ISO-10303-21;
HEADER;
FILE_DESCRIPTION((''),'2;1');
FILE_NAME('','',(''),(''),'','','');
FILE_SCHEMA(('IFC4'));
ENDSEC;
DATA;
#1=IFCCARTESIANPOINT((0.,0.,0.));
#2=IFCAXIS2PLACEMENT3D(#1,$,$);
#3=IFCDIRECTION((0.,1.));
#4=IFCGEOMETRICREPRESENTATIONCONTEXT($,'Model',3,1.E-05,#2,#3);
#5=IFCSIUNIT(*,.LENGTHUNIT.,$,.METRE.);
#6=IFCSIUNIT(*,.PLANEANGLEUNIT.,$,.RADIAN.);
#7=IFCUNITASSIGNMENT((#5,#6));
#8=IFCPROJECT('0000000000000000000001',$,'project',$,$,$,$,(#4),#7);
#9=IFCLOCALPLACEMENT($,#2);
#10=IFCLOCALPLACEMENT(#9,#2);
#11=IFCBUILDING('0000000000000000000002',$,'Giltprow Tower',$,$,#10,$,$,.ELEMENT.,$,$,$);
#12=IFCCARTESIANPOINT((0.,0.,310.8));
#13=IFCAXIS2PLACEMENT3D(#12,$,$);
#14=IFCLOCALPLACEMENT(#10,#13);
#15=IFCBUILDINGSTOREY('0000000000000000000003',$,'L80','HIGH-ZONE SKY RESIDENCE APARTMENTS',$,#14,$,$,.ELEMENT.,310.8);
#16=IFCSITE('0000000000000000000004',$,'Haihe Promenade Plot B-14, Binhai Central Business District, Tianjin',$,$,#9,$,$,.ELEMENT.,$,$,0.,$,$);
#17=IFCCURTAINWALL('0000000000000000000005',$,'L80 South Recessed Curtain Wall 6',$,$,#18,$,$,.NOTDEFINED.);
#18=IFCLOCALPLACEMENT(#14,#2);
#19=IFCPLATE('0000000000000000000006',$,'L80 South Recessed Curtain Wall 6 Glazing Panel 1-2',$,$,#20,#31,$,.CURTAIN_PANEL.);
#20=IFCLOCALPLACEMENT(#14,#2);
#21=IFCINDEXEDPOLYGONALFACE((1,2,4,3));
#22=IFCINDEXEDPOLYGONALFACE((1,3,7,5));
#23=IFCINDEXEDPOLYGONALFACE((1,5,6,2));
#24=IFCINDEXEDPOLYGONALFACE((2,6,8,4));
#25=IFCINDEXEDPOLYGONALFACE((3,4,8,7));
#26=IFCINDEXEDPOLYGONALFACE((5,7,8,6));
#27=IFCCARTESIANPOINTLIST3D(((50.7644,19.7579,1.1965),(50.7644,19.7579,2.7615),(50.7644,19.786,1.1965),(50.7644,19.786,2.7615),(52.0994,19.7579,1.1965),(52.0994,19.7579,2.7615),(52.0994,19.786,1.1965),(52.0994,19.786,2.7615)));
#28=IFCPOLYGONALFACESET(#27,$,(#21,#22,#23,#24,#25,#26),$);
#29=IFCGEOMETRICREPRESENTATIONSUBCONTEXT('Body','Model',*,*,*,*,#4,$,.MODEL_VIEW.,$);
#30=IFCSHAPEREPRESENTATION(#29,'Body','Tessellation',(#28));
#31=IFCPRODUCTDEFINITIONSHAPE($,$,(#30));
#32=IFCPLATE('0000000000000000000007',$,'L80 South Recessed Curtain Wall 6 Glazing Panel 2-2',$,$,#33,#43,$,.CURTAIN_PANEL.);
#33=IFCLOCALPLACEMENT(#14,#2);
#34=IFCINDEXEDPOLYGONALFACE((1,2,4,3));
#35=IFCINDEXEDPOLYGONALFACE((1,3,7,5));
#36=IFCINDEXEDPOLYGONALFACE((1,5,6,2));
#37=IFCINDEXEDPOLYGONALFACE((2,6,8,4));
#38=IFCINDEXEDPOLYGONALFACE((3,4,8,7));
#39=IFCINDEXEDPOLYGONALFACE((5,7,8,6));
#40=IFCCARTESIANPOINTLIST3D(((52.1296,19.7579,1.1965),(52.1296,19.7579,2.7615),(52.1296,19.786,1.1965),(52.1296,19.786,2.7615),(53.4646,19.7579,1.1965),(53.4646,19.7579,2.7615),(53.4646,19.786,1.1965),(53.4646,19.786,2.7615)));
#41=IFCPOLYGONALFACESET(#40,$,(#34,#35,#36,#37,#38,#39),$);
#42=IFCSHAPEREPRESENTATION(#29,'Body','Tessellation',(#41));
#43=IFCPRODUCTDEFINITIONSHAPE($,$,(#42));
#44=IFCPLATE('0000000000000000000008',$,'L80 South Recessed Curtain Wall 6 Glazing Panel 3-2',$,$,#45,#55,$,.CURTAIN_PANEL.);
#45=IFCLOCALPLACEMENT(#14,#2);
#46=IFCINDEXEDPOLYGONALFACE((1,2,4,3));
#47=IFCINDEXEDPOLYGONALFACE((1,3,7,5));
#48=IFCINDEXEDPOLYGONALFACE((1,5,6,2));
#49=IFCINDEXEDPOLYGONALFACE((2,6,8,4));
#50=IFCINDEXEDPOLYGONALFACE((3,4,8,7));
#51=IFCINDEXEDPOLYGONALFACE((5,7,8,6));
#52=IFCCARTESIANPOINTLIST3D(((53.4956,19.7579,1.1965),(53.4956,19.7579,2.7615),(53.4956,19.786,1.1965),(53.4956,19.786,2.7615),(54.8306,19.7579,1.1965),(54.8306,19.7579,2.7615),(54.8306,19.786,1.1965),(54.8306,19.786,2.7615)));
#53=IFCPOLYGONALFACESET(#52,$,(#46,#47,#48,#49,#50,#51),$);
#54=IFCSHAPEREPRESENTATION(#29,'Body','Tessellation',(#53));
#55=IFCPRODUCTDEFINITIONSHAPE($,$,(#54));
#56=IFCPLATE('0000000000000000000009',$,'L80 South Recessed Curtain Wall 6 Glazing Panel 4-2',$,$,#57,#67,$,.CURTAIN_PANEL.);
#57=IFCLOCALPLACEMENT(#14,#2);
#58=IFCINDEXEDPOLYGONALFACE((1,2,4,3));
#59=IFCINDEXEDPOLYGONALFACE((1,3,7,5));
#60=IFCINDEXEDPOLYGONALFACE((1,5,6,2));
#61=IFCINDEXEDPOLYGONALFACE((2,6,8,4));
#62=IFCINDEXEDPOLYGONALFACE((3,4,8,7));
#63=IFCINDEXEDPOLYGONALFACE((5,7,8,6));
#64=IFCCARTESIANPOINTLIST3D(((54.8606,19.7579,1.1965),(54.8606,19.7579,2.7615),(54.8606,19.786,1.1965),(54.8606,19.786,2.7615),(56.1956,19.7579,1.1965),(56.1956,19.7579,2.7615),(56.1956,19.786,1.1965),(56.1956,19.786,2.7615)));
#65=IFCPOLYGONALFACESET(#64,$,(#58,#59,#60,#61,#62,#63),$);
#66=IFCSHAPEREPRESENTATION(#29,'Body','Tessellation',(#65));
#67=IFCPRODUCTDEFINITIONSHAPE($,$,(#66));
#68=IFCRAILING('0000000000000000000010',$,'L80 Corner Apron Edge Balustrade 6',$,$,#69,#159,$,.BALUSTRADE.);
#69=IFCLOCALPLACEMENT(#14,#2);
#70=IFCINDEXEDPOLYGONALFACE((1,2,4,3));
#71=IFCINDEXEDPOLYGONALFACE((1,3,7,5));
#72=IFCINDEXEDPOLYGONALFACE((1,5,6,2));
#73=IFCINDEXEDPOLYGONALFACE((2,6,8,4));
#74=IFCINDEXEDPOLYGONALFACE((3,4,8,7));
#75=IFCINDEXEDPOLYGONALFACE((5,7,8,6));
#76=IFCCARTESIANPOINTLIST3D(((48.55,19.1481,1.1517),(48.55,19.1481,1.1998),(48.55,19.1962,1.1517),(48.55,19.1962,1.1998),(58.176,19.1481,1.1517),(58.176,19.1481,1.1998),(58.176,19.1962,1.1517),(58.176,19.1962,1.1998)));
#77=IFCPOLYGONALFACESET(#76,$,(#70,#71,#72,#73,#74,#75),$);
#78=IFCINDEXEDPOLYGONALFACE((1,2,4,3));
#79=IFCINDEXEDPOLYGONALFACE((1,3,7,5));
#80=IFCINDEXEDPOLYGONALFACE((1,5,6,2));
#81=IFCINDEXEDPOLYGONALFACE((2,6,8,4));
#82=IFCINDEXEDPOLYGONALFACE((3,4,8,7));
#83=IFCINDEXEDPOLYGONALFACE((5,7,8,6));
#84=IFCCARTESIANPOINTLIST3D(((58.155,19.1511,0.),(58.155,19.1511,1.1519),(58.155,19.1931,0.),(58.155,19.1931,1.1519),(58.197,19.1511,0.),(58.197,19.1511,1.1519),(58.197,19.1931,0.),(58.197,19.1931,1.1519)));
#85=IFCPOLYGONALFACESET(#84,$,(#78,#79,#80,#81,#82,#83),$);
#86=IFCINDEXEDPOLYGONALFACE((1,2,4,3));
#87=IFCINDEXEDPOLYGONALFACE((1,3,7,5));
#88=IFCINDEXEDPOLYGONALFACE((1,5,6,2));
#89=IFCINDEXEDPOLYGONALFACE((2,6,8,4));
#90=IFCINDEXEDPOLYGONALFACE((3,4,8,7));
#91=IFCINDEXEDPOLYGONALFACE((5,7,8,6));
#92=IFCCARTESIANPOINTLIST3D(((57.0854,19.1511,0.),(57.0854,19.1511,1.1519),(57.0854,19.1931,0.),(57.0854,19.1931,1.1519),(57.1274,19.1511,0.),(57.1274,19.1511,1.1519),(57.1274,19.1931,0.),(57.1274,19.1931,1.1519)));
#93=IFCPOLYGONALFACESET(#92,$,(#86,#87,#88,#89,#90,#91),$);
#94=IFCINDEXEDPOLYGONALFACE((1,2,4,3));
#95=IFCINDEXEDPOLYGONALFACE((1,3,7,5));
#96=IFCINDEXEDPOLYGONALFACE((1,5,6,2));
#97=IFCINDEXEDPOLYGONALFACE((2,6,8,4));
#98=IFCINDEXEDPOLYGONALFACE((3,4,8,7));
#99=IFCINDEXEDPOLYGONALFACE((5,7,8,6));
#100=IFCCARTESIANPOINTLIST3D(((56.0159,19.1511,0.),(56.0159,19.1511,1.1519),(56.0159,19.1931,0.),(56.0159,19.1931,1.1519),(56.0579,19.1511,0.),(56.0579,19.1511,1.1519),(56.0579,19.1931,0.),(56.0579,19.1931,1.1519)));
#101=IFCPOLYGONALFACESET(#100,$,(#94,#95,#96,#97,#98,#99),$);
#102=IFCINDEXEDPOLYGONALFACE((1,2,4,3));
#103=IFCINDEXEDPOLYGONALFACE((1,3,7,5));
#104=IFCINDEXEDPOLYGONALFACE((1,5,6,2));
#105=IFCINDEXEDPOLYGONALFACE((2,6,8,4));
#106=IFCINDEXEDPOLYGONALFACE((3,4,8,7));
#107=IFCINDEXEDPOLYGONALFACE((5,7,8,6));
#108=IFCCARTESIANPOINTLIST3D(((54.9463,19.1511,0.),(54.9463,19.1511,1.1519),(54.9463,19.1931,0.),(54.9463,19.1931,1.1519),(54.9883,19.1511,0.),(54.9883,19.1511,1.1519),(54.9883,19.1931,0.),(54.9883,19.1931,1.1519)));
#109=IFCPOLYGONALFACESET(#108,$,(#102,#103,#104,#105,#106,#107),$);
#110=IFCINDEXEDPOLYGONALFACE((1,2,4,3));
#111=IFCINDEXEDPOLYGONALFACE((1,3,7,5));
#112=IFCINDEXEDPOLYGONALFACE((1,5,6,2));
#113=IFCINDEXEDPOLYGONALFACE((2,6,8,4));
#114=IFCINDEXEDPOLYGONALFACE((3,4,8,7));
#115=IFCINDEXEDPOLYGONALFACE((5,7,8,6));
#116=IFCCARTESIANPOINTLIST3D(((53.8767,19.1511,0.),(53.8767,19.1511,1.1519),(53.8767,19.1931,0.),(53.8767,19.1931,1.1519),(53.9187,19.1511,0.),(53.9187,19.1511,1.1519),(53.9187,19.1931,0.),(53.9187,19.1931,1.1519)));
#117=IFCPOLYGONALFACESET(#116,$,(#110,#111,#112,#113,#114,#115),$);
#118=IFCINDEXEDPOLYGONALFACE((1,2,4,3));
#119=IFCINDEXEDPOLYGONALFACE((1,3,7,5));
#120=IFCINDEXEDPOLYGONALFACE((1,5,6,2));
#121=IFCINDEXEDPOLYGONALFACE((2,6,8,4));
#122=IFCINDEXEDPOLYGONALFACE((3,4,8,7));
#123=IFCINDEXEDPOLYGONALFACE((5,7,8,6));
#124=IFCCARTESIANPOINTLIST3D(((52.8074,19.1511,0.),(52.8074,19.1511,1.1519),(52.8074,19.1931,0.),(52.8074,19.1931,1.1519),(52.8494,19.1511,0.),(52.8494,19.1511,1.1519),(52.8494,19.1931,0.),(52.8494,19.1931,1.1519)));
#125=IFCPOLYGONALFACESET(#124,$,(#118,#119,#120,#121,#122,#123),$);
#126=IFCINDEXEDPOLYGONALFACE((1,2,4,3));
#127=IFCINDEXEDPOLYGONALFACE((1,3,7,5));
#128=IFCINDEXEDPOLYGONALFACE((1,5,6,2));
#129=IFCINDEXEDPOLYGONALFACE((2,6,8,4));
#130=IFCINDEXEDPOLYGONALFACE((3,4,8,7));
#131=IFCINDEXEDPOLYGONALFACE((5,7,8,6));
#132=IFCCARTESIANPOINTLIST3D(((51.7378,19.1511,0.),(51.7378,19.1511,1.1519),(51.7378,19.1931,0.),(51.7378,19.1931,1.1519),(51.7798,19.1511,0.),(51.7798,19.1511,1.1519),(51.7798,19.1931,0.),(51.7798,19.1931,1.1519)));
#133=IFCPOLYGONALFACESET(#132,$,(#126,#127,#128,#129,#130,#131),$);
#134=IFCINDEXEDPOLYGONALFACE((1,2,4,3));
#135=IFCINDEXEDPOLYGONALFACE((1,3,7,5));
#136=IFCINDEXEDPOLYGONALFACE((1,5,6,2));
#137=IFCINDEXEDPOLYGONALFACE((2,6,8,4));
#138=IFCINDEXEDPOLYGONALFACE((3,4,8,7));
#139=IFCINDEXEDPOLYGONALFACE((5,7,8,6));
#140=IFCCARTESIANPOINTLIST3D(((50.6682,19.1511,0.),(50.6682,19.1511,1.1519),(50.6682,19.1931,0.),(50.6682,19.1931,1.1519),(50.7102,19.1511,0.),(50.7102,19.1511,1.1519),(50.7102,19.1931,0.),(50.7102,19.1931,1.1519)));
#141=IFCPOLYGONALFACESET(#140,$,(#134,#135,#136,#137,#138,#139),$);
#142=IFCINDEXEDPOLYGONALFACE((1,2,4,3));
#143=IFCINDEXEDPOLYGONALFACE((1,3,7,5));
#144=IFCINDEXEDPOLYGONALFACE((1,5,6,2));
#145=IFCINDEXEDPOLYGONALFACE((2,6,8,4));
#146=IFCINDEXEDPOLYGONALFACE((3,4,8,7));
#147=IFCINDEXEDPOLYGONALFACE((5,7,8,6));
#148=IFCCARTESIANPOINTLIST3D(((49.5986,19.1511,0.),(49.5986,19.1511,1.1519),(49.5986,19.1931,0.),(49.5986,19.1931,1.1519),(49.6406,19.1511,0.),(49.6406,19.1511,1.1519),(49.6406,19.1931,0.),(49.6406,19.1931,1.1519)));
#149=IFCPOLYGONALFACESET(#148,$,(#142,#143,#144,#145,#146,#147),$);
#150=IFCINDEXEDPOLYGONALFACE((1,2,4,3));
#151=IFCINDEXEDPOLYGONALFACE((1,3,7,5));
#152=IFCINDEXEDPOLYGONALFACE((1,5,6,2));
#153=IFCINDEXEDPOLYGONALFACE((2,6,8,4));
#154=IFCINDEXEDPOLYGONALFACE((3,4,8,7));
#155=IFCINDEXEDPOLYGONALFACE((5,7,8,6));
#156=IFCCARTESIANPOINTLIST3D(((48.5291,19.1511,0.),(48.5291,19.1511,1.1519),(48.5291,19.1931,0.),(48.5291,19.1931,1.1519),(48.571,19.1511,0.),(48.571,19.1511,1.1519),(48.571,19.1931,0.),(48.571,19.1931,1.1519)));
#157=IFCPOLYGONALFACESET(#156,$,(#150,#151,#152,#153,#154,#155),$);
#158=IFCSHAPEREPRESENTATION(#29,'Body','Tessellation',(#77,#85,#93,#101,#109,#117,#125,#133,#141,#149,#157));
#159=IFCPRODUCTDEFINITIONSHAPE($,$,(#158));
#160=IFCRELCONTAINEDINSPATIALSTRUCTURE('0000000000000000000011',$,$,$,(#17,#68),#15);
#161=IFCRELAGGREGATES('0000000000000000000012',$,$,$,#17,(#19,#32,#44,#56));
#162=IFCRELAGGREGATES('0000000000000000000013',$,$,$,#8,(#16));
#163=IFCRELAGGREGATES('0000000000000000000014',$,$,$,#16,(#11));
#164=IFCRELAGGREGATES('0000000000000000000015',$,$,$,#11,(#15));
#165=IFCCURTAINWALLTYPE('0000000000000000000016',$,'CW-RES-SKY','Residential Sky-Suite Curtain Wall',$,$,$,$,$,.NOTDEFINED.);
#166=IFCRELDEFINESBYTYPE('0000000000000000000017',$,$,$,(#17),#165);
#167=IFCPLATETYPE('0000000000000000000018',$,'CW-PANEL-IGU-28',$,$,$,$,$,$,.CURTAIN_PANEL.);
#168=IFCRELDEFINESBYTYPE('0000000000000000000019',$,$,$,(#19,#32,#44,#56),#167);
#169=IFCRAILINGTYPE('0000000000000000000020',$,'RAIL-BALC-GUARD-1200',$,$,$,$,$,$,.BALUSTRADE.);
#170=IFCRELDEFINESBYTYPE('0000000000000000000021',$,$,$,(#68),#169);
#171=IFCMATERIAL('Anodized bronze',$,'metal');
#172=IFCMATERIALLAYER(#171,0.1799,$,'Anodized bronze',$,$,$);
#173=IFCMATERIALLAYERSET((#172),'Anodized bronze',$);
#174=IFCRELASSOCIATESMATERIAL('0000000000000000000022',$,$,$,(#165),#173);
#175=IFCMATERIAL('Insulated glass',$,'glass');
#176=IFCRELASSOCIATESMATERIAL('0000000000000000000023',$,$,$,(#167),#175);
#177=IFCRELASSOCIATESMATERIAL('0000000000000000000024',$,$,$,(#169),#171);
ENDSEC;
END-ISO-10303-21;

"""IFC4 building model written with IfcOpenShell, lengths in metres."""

from ifc_helpers import new_model, si_unit, direction, frame, origin, origin_2d, place, context, subcontext, project, spatial, rectangle, extrude, source, transform, mapped, material, layer, layer_set, type_object, element, aggregate, save


model = new_model("IFC4")

# Units and contexts
model_context = context("Model", 3, precision=1e-05, world=origin(), true_north=direction((0.0, 1.0)))
body_context = subcontext(model_context, "Body", "Model", "MODEL_VIEW")
ifc_project = project(units=[si_unit("LENGTHUNIT", "METRE"), si_unit("PLANEANGLEUNIT", "RADIAN")], contexts=[model_context])

# Site, building, storey
site_placement = place(None, origin())
site = spatial("IfcSite", under=ifc_project, at=site_placement, Name="Haihe Promenade Plot B-14, Binhai Central Business District, Tianjin", CompositionType="ELEMENT", RefElevation=0.0)
building_placement = place(site_placement, origin())
building = spatial("IfcBuilding", under=site, at=building_placement, Name="Giltprow Tower", CompositionType="ELEMENT")
storey_placement = place(building_placement, frame((0.0, 0.0, 310.8)))
storey = spatial("IfcBuildingStorey", under=building, at=storey_placement, Name="L80", Description="HIGH-ZONE SKY RESIDENCE APARTMENTS", CompositionType="ELEMENT", Elevation=310.8)

# Curtain wall, plates
ifc_material_1 = material(Name="Anodized bronze", Category="metal")
ifc_layer = layer(ifc_material_1, 0.1799, Name="Anodized bronze")
ifc_layer_set = layer_set([ifc_layer], Name="Anodized bronze")
curtain_wall_type = type_object("IfcCurtainWallType", Name="CW-RES-SKY", Description="Residential Sky-Suite Curtain Wall", PredefinedType="NOTDEFINED", material=ifc_layer_set)
curtain_wall_placement = place(storey_placement, origin())
curtain_wall = element("IfcCurtainWall", 1, at=curtain_wall_placement, inside=storey, type_object=curtain_wall_type, Name="L80 South Recessed Curtain Wall 6", PredefinedType="NOTDEFINED")
ifc_material_2 = material(Name="Insulated glass", Category="glass")
plate_type = type_object("IfcPlateType", Name="CW-PANEL-IGU-28", PredefinedType="CURTAIN_PANEL", material=ifc_material_2)
shared_shape_1 = source(origin(), body_context, "Body", "SweptSolid", [
    extrude(rectangle(XDim=1.335, YDim=0.0281, at=origin_2d()), origin(), (0.0, 0.0, 1.0), 1.5649),
])
plate_1_placement = place(storey_placement, frame((51.4319, 19.772, 1.1965), z_axis=(0.0, 0.0, 1.0), x_axis=(1.0, 0.0, 0.0)))
plate_1 = element("IfcPlate", 2, at=plate_1_placement, type_object=plate_type, Name="L80 South Recessed Curtain Wall 6 Glazing Panel 1-2", PredefinedType="CURTAIN_PANEL", context=body_context, shape_type="MappedRepresentation", body=[
    mapped(shared_shape_1, transform((0.0, 0.0, 0.0), x_axis=(1.0, 0.0, 0.0), y_axis=(0.0, 1.0, 0.0), z_axis=(0.0, 0.0, 1.0), scale=1.0)),
])
plate_2_placement = place(storey_placement, frame((52.7971, 19.772, 1.1965), z_axis=(0.0, 0.0, 1.0), x_axis=(1.0, 0.0, 0.0)))
plate_2 = element("IfcPlate", 3, at=plate_2_placement, type_object=plate_type, Name="L80 South Recessed Curtain Wall 6 Glazing Panel 2-2", PredefinedType="CURTAIN_PANEL", context=body_context, shape_type="MappedRepresentation", body=[
    mapped(shared_shape_1, transform((0.0, 0.0, 0.0), x_axis=(1.0, 0.0, 0.0), y_axis=(0.0, 1.0, 0.0), z_axis=(0.0, 0.0, 1.0), scale=1.0)),
])
plate_3_placement = place(storey_placement, frame((54.1631, 19.772, 1.1965), z_axis=(0.0, 0.0, 1.0), x_axis=(1.0, 0.0, 0.0)))
plate_3 = element("IfcPlate", 4, at=plate_3_placement, type_object=plate_type, Name="L80 South Recessed Curtain Wall 6 Glazing Panel 3-2", PredefinedType="CURTAIN_PANEL", context=body_context, shape_type="MappedRepresentation", body=[
    mapped(shared_shape_1, transform((0.0, 0.0, 0.0), x_axis=(1.0, 0.0, 0.0), y_axis=(0.0, 1.0, 0.0), z_axis=(0.0, 0.0, 1.0), scale=1.0)),
])
plate_4_placement = place(storey_placement, frame((55.5281, 19.772, 1.1965), z_axis=(0.0, 0.0, 1.0), x_axis=(1.0, 0.0, 0.0)))
plate_4 = element("IfcPlate", 5, at=plate_4_placement, type_object=plate_type, Name="L80 South Recessed Curtain Wall 6 Glazing Panel 4-2", PredefinedType="CURTAIN_PANEL", context=body_context, shape_type="MappedRepresentation", body=[
    mapped(shared_shape_1, transform((0.0, 0.0, 0.0), x_axis=(1.0, 0.0, 0.0), y_axis=(0.0, 1.0, 0.0), z_axis=(0.0, 0.0, 1.0), scale=1.0)),
])
aggregate(curtain_wall, [plate_1, plate_2, plate_3, plate_4])

# Railing
railing_type = type_object("IfcRailingType", Name="RAIL-BALC-GUARD-1200", PredefinedType="BALUSTRADE", material=ifc_material_1)
railing_placement = place(storey_placement, frame((58.176, 19.1721, 0.0)))
element("IfcRailing", 6, at=railing_placement, inside=storey, type_object=railing_type, Name="L80 Corner Apron Edge Balustrade 6", PredefinedType="BALUSTRADE", context=body_context, shape_type="SweptSolid", body=[
    extrude(rectangle(XDim=0.0481, YDim=0.0481, at=origin_2d()), frame((0.0, 0.0, 1.1758), z_axis=(-1.0, 0.0, 0.0), x_axis=(0.0, -1.0, 0.0)), (0.0, 0.0, 1.0), 9.626),
    extrude(rectangle(XDim=0.042, YDim=0.042, at=origin_2d()), origin(), (0.0, 0.0, 1.0), 1.1519),
    extrude(rectangle(XDim=0.042, YDim=0.042, at=origin_2d()), frame((-1.0696, 0.0, 0.0)), (0.0, 0.0, 1.0), 1.1519),
    extrude(rectangle(XDim=0.042, YDim=0.042, at=origin_2d()), frame((-2.1392, 0.0, 0.0)), (0.0, 0.0, 1.0), 1.1519),
    extrude(rectangle(XDim=0.042, YDim=0.042, at=origin_2d()), frame((-3.2087, 0.0, 0.0)), (0.0, 0.0, 1.0), 1.1519),
    extrude(rectangle(XDim=0.042, YDim=0.042, at=origin_2d()), frame((-4.2783, 0.0, 0.0)), (0.0, 0.0, 1.0), 1.1519),
    extrude(rectangle(XDim=0.042, YDim=0.042, at=origin_2d()), frame((-5.3477, 0.0, 0.0)), (0.0, 0.0, 1.0), 1.1519),
    extrude(rectangle(XDim=0.042, YDim=0.042, at=origin_2d()), frame((-6.4172, 0.0, 0.0)), (0.0, 0.0, 1.0), 1.1519),
    extrude(rectangle(XDim=0.042, YDim=0.042, at=origin_2d()), frame((-7.4868, 0.0, 0.0)), (0.0, 0.0, 1.0), 1.1519),
    extrude(rectangle(XDim=0.042, YDim=0.042, at=origin_2d()), frame((-8.5564, 0.0, 0.0)), (0.0, 0.0, 1.0), 1.1519),
    extrude(rectangle(XDim=0.042, YDim=0.042, at=origin_2d()), frame((-9.626, 0.0, 0.0)), (0.0, 0.0, 1.0), 1.1519),
])

save(model, "model.ifc")
